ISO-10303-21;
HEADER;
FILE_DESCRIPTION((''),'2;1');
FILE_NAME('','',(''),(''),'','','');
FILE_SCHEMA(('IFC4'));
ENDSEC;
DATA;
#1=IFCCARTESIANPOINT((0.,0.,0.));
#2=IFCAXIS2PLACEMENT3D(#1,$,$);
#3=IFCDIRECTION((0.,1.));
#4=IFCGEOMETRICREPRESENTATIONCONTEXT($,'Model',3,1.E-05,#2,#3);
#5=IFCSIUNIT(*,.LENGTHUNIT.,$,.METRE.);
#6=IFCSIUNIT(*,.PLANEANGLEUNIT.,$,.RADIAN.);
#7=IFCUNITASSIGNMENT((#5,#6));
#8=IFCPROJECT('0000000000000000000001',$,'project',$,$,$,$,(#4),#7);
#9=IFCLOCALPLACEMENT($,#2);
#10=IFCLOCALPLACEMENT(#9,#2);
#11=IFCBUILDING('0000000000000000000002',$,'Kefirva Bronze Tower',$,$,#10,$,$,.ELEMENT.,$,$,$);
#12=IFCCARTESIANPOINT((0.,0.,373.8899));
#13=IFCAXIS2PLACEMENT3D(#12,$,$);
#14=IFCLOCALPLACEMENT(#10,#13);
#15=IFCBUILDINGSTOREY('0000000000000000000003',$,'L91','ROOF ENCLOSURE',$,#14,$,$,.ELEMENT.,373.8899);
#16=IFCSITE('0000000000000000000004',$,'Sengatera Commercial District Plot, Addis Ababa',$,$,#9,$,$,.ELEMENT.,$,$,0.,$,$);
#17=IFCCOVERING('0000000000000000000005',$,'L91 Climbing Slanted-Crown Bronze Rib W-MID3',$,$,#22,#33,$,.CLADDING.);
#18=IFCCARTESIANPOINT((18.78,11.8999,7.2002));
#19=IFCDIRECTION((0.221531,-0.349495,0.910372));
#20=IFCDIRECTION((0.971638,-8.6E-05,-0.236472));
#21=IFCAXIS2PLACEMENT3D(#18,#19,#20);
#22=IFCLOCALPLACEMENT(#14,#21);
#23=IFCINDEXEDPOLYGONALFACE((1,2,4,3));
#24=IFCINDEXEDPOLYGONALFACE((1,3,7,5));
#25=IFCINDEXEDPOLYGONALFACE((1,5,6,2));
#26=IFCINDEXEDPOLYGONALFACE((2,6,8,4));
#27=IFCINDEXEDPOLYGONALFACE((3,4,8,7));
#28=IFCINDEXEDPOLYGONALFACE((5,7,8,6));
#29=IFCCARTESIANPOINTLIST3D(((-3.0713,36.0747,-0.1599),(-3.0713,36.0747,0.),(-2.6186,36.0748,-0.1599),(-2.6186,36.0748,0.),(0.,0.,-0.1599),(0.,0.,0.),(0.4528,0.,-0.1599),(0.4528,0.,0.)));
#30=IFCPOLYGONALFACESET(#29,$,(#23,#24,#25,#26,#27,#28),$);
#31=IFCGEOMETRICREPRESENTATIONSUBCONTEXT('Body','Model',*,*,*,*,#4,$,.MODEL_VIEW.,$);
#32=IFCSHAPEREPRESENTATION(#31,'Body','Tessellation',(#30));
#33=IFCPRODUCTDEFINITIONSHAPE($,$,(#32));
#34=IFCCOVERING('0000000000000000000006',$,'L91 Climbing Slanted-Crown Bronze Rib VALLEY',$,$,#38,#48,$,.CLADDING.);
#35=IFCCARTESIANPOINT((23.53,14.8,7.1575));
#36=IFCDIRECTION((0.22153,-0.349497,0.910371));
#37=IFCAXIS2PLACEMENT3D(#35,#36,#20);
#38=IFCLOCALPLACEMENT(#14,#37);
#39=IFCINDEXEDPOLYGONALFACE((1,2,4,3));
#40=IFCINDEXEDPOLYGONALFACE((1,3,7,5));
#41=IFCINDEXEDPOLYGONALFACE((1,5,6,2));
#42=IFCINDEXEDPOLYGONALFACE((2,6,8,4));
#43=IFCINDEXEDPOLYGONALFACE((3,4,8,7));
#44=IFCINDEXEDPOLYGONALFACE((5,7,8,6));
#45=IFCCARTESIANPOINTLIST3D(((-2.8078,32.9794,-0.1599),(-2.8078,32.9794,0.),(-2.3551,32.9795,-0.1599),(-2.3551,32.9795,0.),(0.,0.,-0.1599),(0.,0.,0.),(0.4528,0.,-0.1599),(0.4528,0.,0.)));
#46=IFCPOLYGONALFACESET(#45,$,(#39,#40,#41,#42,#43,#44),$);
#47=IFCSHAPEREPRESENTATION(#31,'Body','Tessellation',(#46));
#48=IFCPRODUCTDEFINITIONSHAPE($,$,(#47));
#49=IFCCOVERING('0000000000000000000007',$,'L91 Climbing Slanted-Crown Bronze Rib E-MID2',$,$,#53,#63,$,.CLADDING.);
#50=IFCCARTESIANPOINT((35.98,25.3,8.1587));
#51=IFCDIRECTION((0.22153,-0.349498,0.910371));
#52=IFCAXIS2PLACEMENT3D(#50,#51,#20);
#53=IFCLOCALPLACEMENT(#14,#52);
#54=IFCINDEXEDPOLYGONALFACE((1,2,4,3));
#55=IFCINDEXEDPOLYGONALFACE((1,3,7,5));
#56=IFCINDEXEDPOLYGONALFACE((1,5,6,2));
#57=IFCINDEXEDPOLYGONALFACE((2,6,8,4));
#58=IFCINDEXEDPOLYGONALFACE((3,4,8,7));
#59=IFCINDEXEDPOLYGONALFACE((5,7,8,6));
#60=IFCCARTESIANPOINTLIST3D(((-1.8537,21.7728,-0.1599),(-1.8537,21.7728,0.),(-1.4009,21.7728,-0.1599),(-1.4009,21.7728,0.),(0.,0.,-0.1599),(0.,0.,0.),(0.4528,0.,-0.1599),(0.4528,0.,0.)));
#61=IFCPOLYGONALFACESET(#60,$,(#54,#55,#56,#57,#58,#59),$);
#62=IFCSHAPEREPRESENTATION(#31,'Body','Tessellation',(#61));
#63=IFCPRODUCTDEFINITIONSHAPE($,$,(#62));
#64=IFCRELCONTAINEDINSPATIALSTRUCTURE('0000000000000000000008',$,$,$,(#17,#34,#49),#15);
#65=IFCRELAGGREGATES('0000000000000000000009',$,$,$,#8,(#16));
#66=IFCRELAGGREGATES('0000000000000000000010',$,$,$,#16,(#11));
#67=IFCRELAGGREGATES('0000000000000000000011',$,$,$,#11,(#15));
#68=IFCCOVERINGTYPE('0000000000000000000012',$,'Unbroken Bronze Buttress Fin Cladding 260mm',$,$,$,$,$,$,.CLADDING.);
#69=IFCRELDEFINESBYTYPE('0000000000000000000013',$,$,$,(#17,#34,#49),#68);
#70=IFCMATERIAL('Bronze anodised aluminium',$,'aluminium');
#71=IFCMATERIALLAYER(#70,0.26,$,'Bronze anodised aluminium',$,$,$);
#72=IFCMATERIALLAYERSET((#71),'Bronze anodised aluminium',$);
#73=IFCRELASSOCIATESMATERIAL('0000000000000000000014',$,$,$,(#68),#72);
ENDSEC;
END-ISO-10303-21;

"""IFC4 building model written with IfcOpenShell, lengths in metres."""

from ifc_helpers import new_model, si_unit, direction, frame, origin, place, context, subcontext, project, spatial, polyline, outline, extrude, material, layer, layer_set, type_object, element, save


model = new_model("IFC4")

# Units and contexts
model_context = context("Model", 3, precision=1e-05, world=origin(), true_north=direction((0.0, 1.0)))
body_context = subcontext(model_context, "Body", "Model", "MODEL_VIEW")
ifc_project = project(units=[si_unit("LENGTHUNIT", "METRE"), si_unit("PLANEANGLEUNIT", "RADIAN")], contexts=[model_context])

# Site, building, storey
site_placement = place(None, origin())
site = spatial("IfcSite", under=ifc_project, at=site_placement, Name="Sengatera Commercial District Plot, Addis Ababa", CompositionType="ELEMENT", RefElevation=0.0)
building_placement = place(site_placement, origin())
building = spatial("IfcBuilding", under=site, at=building_placement, Name="Kefirva Bronze Tower", CompositionType="ELEMENT")
storey_placement = place(building_placement, frame((0.0, 0.0, 373.8899)))
storey = spatial("IfcBuildingStorey", under=building, at=storey_placement, Name="L91", Description="ROOF ENCLOSURE", CompositionType="ELEMENT", Elevation=373.8899)

# Coverings
ifc_material_1 = material(Name="Bronze anodised aluminium", Category="aluminium")
ifc_layer_1 = layer(ifc_material_1, 0.26, Name="Bronze anodised aluminium")
ifc_layer_set_1 = layer_set([ifc_layer_1], Name="Bronze anodised aluminium")
covering_type_1 = type_object("IfcCoveringType", Name="Unbroken Bronze Buttress Fin Cladding 260mm", PredefinedType="CLADDING", material=ifc_layer_set_1)
covering_1_placement = place(storey_placement, frame((18.78, 11.8999, 7.2002), z_axis=(0.221531, -0.349495, 0.910372), x_axis=(0.971638, -0.000086, -0.236472)))
element("IfcCovering", 1, at=covering_1_placement, inside=storey, type_object=covering_type_1, Name="L91 Climbing Slanted-Crown Bronze Rib W-MID3", PredefinedType="CLADDING", context=body_context, shape_type="SweptSolid", body=[
    extrude(outline(polyline([(0.0, 0.0), (0.4528, 0.0), (-2.6186, 36.0748), (-3.0713, 36.0747), (0.0, 0.0)])), origin(), (0.0, 0.0, -1.0), 0.1599),
])
covering_2_placement = place(storey_placement, frame((23.53, 14.8, 7.1575), z_axis=(0.22153, -0.349497, 0.910371), x_axis=(0.971638, -0.000086, -0.236472)))
element("IfcCovering", 2, at=covering_2_placement, inside=storey, type_object=covering_type_1, Name="L91 Climbing Slanted-Crown Bronze Rib VALLEY", PredefinedType="CLADDING", context=body_context, shape_type="SweptSolid", body=[
    extrude(outline(polyline([(0.0, 0.0), (0.4528, 0.0), (-2.3551, 32.9795), (-2.8078, 32.9794), (0.0, 0.0)])), origin(), (0.0, 0.0, -1.0), 0.1599),
])
for number, where, z_axis, x_axis, name in (
    (3, (35.98, 25.3, 8.1587), (0.22153, -0.349498, 0.910371), (0.971638, -0.000086, -0.236472), "L91 Climbing Slanted-Crown Bronze Rib E-MID2"),
):
    element("IfcCovering", number, at=place(storey_placement, frame(where, z_axis=z_axis, x_axis=x_axis)), inside=storey, type_object=covering_type_1, Name=name, PredefinedType="CLADDING", context=body_context, shape_type="SweptSolid", body=[
        extrude(outline(polyline([(0.0, 0.0), (0.4528, 0.0), (-1.4009, 21.7728), (-1.8537, 21.7728), (0.0, 0.0)])), origin(), (0.0, 0.0, -1.0), 0.1599),
    ])

save(model, "model.ifc")
